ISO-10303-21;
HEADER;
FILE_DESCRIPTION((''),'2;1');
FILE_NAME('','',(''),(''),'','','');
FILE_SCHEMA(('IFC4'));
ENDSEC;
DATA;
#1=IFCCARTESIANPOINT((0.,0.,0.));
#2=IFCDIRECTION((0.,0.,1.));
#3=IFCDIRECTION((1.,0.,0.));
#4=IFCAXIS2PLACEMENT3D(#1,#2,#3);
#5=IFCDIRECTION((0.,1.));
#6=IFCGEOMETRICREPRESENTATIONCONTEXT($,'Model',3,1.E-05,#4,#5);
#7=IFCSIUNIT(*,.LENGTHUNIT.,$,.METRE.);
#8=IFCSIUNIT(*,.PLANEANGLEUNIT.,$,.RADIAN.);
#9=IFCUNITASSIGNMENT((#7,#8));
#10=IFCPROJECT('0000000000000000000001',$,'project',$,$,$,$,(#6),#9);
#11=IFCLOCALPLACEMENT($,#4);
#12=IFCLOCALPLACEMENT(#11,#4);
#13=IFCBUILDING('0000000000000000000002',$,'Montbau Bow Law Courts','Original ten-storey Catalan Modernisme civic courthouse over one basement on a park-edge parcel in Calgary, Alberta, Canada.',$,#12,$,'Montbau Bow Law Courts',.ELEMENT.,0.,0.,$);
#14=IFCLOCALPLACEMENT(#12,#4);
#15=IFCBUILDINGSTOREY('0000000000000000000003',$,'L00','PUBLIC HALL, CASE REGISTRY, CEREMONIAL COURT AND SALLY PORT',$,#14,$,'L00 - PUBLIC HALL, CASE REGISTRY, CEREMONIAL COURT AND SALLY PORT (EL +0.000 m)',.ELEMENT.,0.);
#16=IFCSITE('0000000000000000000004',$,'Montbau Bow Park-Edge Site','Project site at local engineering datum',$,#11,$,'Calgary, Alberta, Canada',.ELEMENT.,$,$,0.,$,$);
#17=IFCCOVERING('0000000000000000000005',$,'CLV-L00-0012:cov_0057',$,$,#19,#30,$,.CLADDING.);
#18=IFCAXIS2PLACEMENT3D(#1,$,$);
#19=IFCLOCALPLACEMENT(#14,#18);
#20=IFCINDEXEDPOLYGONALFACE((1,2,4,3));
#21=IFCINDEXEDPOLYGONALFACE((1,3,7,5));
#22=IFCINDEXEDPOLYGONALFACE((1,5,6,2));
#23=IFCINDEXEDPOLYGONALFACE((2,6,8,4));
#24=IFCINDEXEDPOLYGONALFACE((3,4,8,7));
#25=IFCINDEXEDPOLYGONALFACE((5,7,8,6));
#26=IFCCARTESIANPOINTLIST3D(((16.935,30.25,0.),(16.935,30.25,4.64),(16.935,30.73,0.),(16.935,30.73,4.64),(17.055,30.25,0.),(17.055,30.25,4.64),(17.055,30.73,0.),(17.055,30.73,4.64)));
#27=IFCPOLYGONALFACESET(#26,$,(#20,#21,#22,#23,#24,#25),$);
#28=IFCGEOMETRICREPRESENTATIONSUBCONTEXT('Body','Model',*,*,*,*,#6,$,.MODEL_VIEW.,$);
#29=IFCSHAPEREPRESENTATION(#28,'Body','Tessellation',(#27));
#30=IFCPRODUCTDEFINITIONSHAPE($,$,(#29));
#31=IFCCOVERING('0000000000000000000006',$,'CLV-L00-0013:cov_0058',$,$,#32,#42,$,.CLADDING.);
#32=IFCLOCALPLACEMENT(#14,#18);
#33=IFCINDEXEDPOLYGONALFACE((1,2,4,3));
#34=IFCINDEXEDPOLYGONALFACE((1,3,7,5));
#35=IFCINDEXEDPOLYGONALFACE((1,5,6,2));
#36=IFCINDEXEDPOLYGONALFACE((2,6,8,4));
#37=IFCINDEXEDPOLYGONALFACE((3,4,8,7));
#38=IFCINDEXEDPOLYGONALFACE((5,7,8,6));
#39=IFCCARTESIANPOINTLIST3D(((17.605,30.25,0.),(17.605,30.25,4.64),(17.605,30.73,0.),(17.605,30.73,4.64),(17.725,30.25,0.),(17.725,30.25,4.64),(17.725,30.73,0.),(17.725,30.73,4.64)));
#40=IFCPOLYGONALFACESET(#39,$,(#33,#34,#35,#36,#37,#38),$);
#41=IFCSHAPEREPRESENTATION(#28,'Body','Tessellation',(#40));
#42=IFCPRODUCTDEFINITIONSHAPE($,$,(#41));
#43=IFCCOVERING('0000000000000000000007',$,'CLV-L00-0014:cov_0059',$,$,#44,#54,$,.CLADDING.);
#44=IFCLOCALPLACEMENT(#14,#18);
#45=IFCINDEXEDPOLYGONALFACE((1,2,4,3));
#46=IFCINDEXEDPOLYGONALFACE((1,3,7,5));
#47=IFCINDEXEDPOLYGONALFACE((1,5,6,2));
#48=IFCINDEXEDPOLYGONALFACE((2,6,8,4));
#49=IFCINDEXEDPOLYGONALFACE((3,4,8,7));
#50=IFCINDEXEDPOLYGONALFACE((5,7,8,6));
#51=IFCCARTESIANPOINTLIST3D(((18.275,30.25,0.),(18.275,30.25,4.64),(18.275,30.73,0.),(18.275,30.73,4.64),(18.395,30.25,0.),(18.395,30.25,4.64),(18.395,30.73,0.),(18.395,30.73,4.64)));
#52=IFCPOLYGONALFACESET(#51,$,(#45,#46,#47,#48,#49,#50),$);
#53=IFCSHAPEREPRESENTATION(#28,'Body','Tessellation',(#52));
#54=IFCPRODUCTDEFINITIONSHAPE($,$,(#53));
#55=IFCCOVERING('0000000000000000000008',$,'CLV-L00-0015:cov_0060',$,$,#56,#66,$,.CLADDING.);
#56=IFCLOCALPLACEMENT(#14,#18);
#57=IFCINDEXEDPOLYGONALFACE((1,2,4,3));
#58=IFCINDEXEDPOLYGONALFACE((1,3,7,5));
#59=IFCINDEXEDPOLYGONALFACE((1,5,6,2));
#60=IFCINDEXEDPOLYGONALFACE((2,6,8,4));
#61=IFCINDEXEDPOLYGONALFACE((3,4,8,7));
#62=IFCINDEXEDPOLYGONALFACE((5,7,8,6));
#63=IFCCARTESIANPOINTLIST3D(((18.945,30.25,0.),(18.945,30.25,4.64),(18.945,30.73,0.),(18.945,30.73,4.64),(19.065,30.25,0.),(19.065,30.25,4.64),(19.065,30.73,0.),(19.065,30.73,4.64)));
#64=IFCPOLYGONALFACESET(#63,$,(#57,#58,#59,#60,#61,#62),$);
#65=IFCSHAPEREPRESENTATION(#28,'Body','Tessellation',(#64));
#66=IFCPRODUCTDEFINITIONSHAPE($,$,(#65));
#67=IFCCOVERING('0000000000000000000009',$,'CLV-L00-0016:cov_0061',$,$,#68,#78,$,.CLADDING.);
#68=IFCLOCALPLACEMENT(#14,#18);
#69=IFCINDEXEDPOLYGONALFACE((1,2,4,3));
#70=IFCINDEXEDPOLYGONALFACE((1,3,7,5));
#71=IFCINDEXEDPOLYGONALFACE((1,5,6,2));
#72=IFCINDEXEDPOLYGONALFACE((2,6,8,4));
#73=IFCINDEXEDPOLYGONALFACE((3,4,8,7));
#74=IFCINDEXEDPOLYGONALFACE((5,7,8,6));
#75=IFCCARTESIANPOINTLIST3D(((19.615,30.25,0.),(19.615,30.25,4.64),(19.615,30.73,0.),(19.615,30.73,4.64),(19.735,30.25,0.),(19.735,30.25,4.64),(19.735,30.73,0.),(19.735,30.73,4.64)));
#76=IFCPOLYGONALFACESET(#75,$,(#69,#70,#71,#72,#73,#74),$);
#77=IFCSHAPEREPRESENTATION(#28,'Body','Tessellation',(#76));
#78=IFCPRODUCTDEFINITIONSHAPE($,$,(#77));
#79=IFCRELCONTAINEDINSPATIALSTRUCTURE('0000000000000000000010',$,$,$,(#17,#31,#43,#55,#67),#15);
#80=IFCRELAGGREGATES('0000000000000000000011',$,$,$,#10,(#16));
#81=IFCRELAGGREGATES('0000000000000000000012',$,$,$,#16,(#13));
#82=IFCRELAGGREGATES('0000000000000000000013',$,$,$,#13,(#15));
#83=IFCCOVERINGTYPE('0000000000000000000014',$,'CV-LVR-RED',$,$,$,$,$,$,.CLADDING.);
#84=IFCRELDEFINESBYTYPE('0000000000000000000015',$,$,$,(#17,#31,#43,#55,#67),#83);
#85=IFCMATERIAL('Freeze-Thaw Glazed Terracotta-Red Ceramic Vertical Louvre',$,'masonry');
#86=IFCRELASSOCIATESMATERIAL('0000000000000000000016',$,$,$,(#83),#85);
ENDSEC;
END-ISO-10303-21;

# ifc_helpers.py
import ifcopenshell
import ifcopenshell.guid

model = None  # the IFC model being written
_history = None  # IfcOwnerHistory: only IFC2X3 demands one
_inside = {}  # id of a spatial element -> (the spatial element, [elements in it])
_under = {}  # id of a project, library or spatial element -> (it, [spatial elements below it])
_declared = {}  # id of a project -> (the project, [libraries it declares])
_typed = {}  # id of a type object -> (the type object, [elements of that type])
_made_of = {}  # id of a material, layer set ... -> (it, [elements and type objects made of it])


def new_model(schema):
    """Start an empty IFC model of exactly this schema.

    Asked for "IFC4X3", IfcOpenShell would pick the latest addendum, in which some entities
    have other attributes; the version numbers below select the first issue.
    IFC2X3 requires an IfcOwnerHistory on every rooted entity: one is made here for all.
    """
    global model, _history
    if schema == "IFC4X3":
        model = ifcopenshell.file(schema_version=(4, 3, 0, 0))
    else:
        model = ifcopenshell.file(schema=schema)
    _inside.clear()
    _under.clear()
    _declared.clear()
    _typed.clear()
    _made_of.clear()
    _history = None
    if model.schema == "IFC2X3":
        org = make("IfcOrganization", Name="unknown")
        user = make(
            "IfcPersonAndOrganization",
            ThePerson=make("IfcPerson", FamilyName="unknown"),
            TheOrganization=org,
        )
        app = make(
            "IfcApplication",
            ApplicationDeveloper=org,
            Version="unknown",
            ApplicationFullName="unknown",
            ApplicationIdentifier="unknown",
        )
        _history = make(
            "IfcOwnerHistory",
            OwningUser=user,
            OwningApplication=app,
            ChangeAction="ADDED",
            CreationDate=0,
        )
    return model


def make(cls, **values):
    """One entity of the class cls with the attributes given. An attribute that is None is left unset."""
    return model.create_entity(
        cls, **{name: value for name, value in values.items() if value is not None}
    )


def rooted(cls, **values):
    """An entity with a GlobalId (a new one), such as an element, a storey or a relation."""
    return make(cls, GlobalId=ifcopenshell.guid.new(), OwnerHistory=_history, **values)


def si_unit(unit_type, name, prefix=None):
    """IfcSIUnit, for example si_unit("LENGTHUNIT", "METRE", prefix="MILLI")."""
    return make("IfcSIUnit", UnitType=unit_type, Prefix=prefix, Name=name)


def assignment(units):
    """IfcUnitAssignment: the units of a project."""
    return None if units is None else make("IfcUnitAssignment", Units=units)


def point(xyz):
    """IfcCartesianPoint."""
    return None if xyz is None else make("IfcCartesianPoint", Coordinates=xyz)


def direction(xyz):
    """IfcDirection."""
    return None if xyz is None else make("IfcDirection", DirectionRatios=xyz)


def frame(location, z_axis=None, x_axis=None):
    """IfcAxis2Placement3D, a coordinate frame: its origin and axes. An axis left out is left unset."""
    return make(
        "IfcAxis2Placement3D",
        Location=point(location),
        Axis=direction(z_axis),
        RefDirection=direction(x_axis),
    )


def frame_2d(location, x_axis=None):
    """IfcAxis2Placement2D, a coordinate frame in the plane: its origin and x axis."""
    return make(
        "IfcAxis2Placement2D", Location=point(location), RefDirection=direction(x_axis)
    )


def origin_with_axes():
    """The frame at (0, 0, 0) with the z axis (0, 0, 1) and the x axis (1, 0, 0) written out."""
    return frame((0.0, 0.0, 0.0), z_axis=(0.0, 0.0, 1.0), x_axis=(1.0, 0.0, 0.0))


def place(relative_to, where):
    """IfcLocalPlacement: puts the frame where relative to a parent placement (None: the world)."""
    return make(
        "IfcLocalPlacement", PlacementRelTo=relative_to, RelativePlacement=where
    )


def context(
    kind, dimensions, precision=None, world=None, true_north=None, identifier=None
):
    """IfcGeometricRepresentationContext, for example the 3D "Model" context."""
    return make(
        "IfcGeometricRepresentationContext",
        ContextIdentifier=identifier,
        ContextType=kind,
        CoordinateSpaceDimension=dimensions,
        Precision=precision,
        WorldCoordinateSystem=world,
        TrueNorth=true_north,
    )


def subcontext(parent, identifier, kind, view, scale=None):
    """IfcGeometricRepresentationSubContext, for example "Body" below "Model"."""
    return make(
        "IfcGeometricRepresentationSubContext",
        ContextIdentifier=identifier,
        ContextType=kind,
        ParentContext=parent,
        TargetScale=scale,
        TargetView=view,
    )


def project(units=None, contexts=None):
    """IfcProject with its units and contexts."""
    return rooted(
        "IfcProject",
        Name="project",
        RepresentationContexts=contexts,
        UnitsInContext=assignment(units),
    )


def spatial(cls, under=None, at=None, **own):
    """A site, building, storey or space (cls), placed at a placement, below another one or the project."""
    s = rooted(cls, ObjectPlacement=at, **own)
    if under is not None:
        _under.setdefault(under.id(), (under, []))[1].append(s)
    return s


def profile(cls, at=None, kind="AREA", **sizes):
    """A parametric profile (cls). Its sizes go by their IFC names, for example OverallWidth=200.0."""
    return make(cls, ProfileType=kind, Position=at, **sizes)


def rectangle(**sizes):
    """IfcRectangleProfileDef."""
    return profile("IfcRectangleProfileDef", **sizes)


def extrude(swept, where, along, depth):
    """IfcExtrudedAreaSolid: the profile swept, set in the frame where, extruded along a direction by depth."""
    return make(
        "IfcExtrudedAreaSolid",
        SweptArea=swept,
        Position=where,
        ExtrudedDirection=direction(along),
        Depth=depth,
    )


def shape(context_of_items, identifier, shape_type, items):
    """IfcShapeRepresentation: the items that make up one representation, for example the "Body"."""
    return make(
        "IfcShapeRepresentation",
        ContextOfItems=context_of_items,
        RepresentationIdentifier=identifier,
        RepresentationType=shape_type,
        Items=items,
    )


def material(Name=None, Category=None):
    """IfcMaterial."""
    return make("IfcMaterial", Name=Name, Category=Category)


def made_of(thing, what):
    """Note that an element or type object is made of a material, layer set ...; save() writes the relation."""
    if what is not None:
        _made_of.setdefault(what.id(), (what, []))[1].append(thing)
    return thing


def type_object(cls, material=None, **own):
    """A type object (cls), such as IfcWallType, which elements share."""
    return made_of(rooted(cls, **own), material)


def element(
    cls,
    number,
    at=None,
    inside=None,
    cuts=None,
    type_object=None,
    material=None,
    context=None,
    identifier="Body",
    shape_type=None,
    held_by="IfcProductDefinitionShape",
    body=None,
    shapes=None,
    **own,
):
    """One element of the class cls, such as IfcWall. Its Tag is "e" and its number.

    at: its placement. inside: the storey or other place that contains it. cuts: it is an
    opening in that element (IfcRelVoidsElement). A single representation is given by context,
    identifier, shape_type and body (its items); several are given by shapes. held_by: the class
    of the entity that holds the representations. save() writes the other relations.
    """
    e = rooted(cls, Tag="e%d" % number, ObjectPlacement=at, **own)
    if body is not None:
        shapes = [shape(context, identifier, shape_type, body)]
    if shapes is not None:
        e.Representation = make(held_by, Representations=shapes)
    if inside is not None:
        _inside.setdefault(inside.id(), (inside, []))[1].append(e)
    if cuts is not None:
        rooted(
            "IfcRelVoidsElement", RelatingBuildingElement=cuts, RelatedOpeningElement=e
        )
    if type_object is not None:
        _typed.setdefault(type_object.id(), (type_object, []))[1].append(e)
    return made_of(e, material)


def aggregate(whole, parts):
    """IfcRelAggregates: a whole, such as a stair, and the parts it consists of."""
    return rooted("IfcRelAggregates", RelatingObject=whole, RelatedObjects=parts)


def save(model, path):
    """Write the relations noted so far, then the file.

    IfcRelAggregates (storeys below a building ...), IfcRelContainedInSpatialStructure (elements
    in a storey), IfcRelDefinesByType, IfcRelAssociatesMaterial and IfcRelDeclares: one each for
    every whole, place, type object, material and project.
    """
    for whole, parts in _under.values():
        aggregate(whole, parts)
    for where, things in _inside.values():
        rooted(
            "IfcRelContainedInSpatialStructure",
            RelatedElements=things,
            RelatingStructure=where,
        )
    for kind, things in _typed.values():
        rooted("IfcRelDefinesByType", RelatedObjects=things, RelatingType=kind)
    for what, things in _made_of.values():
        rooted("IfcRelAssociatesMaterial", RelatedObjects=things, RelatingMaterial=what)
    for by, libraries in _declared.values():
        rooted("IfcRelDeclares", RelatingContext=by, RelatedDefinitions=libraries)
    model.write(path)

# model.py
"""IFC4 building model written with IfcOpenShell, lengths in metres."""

from ifc_helpers import new_model, si_unit, direction, frame, frame_2d, origin_with_axes, place, context, subcontext, project, spatial, rectangle, extrude, material, type_object, element, save


model = new_model("IFC4")

# Units and contexts
model_context = context("Model", 3, precision=1e-05, world=origin_with_axes(), true_north=direction((0.0, 1.0)))
body_context = subcontext(model_context, "Body", "Model", "MODEL_VIEW")
ifc_project = project(units=[si_unit("LENGTHUNIT", "METRE"), si_unit("PLANEANGLEUNIT", "RADIAN")], contexts=[model_context])

# Site, building, storey
site_placement = place(None, origin_with_axes())
site = spatial("IfcSite", under=ifc_project, at=site_placement, Name="Montbau Bow Park-Edge Site", Description="Project site at local engineering datum", LongName="Calgary, Alberta, Canada", CompositionType="ELEMENT", RefElevation=0.0)
building_placement = place(site_placement, origin_with_axes())
building = spatial("IfcBuilding", under=site, at=building_placement, Name="Montbau Bow Law Courts", Description="Original ten-storey Catalan Modernisme civic courthouse over one basement on a park-edge parcel in Calgary, Alberta, Canada.", LongName="Montbau Bow Law Courts", CompositionType="ELEMENT", ElevationOfRefHeight=0.0, ElevationOfTerrain=0.0)
storey_placement = place(building_placement, origin_with_axes())
storey = spatial("IfcBuildingStorey", under=building, at=storey_placement, Name="L00", Description="PUBLIC HALL, CASE REGISTRY, CEREMONIAL COURT AND SALLY PORT", LongName="L00 - PUBLIC HALL, CASE REGISTRY, CEREMONIAL COURT AND SALLY PORT (EL +0.000 m)", CompositionType="ELEMENT", Elevation=0.0)

# Coverings
ifc_material_1 = material(Name="Freeze-Thaw Glazed Terracotta-Red Ceramic Vertical Louvre", Category="masonry")
covering_type = type_object("IfcCoveringType", Name="CV-LVR-RED", PredefinedType="CLADDING", material=ifc_material_1)
for number, where, z_axis, x_axis, name in (
    (1, (16.995, 30.73, 0.0), (-1.0, 0.0, 0.0), (0.0, -1.0, 0.0), "CLV-L00-0012:cov_0057"),
    (2, (17.665, 30.73, 0.0), (-1.0, 0.0, 0.0), (0.0, -1.0, 0.0), "CLV-L00-0013:cov_0058"),
    (3, (18.335, 30.73, 0.0), (-1.0, 0.0, 0.0), (0.0, -1.0, 0.0), "CLV-L00-0014:cov_0059"),
    (4, (19.005, 30.73, 0.0), (-1.0, 0.0, 0.0), (0.0, -1.0, 0.0), "CLV-L00-0015:cov_0060"),
    (5, (19.675, 30.73, 0.0), (-1.0, 0.0, 0.0), (0.0, -1.0, 0.0), "CLV-L00-0016:cov_0061"),
):
    element("IfcCovering", number, at=place(None, frame(where, z_axis=z_axis, x_axis=x_axis)), inside=storey, type_object=covering_type, Name=name, PredefinedType="CLADDING", context=body_context, shape_type="SweptSolid", body=[
        extrude(rectangle(XDim=0.48, YDim=4.64, at=frame_2d((0.24, 2.32), x_axis=(1.0, 0.0))), frame((0.0, 0.0, -0.06), z_axis=(0.0, 0.0, 1.0), x_axis=(1.0, 0.0, 0.0)), (0.0, 0.0, 1.0), 0.12),
    ])

save(model, "model.ifc")
